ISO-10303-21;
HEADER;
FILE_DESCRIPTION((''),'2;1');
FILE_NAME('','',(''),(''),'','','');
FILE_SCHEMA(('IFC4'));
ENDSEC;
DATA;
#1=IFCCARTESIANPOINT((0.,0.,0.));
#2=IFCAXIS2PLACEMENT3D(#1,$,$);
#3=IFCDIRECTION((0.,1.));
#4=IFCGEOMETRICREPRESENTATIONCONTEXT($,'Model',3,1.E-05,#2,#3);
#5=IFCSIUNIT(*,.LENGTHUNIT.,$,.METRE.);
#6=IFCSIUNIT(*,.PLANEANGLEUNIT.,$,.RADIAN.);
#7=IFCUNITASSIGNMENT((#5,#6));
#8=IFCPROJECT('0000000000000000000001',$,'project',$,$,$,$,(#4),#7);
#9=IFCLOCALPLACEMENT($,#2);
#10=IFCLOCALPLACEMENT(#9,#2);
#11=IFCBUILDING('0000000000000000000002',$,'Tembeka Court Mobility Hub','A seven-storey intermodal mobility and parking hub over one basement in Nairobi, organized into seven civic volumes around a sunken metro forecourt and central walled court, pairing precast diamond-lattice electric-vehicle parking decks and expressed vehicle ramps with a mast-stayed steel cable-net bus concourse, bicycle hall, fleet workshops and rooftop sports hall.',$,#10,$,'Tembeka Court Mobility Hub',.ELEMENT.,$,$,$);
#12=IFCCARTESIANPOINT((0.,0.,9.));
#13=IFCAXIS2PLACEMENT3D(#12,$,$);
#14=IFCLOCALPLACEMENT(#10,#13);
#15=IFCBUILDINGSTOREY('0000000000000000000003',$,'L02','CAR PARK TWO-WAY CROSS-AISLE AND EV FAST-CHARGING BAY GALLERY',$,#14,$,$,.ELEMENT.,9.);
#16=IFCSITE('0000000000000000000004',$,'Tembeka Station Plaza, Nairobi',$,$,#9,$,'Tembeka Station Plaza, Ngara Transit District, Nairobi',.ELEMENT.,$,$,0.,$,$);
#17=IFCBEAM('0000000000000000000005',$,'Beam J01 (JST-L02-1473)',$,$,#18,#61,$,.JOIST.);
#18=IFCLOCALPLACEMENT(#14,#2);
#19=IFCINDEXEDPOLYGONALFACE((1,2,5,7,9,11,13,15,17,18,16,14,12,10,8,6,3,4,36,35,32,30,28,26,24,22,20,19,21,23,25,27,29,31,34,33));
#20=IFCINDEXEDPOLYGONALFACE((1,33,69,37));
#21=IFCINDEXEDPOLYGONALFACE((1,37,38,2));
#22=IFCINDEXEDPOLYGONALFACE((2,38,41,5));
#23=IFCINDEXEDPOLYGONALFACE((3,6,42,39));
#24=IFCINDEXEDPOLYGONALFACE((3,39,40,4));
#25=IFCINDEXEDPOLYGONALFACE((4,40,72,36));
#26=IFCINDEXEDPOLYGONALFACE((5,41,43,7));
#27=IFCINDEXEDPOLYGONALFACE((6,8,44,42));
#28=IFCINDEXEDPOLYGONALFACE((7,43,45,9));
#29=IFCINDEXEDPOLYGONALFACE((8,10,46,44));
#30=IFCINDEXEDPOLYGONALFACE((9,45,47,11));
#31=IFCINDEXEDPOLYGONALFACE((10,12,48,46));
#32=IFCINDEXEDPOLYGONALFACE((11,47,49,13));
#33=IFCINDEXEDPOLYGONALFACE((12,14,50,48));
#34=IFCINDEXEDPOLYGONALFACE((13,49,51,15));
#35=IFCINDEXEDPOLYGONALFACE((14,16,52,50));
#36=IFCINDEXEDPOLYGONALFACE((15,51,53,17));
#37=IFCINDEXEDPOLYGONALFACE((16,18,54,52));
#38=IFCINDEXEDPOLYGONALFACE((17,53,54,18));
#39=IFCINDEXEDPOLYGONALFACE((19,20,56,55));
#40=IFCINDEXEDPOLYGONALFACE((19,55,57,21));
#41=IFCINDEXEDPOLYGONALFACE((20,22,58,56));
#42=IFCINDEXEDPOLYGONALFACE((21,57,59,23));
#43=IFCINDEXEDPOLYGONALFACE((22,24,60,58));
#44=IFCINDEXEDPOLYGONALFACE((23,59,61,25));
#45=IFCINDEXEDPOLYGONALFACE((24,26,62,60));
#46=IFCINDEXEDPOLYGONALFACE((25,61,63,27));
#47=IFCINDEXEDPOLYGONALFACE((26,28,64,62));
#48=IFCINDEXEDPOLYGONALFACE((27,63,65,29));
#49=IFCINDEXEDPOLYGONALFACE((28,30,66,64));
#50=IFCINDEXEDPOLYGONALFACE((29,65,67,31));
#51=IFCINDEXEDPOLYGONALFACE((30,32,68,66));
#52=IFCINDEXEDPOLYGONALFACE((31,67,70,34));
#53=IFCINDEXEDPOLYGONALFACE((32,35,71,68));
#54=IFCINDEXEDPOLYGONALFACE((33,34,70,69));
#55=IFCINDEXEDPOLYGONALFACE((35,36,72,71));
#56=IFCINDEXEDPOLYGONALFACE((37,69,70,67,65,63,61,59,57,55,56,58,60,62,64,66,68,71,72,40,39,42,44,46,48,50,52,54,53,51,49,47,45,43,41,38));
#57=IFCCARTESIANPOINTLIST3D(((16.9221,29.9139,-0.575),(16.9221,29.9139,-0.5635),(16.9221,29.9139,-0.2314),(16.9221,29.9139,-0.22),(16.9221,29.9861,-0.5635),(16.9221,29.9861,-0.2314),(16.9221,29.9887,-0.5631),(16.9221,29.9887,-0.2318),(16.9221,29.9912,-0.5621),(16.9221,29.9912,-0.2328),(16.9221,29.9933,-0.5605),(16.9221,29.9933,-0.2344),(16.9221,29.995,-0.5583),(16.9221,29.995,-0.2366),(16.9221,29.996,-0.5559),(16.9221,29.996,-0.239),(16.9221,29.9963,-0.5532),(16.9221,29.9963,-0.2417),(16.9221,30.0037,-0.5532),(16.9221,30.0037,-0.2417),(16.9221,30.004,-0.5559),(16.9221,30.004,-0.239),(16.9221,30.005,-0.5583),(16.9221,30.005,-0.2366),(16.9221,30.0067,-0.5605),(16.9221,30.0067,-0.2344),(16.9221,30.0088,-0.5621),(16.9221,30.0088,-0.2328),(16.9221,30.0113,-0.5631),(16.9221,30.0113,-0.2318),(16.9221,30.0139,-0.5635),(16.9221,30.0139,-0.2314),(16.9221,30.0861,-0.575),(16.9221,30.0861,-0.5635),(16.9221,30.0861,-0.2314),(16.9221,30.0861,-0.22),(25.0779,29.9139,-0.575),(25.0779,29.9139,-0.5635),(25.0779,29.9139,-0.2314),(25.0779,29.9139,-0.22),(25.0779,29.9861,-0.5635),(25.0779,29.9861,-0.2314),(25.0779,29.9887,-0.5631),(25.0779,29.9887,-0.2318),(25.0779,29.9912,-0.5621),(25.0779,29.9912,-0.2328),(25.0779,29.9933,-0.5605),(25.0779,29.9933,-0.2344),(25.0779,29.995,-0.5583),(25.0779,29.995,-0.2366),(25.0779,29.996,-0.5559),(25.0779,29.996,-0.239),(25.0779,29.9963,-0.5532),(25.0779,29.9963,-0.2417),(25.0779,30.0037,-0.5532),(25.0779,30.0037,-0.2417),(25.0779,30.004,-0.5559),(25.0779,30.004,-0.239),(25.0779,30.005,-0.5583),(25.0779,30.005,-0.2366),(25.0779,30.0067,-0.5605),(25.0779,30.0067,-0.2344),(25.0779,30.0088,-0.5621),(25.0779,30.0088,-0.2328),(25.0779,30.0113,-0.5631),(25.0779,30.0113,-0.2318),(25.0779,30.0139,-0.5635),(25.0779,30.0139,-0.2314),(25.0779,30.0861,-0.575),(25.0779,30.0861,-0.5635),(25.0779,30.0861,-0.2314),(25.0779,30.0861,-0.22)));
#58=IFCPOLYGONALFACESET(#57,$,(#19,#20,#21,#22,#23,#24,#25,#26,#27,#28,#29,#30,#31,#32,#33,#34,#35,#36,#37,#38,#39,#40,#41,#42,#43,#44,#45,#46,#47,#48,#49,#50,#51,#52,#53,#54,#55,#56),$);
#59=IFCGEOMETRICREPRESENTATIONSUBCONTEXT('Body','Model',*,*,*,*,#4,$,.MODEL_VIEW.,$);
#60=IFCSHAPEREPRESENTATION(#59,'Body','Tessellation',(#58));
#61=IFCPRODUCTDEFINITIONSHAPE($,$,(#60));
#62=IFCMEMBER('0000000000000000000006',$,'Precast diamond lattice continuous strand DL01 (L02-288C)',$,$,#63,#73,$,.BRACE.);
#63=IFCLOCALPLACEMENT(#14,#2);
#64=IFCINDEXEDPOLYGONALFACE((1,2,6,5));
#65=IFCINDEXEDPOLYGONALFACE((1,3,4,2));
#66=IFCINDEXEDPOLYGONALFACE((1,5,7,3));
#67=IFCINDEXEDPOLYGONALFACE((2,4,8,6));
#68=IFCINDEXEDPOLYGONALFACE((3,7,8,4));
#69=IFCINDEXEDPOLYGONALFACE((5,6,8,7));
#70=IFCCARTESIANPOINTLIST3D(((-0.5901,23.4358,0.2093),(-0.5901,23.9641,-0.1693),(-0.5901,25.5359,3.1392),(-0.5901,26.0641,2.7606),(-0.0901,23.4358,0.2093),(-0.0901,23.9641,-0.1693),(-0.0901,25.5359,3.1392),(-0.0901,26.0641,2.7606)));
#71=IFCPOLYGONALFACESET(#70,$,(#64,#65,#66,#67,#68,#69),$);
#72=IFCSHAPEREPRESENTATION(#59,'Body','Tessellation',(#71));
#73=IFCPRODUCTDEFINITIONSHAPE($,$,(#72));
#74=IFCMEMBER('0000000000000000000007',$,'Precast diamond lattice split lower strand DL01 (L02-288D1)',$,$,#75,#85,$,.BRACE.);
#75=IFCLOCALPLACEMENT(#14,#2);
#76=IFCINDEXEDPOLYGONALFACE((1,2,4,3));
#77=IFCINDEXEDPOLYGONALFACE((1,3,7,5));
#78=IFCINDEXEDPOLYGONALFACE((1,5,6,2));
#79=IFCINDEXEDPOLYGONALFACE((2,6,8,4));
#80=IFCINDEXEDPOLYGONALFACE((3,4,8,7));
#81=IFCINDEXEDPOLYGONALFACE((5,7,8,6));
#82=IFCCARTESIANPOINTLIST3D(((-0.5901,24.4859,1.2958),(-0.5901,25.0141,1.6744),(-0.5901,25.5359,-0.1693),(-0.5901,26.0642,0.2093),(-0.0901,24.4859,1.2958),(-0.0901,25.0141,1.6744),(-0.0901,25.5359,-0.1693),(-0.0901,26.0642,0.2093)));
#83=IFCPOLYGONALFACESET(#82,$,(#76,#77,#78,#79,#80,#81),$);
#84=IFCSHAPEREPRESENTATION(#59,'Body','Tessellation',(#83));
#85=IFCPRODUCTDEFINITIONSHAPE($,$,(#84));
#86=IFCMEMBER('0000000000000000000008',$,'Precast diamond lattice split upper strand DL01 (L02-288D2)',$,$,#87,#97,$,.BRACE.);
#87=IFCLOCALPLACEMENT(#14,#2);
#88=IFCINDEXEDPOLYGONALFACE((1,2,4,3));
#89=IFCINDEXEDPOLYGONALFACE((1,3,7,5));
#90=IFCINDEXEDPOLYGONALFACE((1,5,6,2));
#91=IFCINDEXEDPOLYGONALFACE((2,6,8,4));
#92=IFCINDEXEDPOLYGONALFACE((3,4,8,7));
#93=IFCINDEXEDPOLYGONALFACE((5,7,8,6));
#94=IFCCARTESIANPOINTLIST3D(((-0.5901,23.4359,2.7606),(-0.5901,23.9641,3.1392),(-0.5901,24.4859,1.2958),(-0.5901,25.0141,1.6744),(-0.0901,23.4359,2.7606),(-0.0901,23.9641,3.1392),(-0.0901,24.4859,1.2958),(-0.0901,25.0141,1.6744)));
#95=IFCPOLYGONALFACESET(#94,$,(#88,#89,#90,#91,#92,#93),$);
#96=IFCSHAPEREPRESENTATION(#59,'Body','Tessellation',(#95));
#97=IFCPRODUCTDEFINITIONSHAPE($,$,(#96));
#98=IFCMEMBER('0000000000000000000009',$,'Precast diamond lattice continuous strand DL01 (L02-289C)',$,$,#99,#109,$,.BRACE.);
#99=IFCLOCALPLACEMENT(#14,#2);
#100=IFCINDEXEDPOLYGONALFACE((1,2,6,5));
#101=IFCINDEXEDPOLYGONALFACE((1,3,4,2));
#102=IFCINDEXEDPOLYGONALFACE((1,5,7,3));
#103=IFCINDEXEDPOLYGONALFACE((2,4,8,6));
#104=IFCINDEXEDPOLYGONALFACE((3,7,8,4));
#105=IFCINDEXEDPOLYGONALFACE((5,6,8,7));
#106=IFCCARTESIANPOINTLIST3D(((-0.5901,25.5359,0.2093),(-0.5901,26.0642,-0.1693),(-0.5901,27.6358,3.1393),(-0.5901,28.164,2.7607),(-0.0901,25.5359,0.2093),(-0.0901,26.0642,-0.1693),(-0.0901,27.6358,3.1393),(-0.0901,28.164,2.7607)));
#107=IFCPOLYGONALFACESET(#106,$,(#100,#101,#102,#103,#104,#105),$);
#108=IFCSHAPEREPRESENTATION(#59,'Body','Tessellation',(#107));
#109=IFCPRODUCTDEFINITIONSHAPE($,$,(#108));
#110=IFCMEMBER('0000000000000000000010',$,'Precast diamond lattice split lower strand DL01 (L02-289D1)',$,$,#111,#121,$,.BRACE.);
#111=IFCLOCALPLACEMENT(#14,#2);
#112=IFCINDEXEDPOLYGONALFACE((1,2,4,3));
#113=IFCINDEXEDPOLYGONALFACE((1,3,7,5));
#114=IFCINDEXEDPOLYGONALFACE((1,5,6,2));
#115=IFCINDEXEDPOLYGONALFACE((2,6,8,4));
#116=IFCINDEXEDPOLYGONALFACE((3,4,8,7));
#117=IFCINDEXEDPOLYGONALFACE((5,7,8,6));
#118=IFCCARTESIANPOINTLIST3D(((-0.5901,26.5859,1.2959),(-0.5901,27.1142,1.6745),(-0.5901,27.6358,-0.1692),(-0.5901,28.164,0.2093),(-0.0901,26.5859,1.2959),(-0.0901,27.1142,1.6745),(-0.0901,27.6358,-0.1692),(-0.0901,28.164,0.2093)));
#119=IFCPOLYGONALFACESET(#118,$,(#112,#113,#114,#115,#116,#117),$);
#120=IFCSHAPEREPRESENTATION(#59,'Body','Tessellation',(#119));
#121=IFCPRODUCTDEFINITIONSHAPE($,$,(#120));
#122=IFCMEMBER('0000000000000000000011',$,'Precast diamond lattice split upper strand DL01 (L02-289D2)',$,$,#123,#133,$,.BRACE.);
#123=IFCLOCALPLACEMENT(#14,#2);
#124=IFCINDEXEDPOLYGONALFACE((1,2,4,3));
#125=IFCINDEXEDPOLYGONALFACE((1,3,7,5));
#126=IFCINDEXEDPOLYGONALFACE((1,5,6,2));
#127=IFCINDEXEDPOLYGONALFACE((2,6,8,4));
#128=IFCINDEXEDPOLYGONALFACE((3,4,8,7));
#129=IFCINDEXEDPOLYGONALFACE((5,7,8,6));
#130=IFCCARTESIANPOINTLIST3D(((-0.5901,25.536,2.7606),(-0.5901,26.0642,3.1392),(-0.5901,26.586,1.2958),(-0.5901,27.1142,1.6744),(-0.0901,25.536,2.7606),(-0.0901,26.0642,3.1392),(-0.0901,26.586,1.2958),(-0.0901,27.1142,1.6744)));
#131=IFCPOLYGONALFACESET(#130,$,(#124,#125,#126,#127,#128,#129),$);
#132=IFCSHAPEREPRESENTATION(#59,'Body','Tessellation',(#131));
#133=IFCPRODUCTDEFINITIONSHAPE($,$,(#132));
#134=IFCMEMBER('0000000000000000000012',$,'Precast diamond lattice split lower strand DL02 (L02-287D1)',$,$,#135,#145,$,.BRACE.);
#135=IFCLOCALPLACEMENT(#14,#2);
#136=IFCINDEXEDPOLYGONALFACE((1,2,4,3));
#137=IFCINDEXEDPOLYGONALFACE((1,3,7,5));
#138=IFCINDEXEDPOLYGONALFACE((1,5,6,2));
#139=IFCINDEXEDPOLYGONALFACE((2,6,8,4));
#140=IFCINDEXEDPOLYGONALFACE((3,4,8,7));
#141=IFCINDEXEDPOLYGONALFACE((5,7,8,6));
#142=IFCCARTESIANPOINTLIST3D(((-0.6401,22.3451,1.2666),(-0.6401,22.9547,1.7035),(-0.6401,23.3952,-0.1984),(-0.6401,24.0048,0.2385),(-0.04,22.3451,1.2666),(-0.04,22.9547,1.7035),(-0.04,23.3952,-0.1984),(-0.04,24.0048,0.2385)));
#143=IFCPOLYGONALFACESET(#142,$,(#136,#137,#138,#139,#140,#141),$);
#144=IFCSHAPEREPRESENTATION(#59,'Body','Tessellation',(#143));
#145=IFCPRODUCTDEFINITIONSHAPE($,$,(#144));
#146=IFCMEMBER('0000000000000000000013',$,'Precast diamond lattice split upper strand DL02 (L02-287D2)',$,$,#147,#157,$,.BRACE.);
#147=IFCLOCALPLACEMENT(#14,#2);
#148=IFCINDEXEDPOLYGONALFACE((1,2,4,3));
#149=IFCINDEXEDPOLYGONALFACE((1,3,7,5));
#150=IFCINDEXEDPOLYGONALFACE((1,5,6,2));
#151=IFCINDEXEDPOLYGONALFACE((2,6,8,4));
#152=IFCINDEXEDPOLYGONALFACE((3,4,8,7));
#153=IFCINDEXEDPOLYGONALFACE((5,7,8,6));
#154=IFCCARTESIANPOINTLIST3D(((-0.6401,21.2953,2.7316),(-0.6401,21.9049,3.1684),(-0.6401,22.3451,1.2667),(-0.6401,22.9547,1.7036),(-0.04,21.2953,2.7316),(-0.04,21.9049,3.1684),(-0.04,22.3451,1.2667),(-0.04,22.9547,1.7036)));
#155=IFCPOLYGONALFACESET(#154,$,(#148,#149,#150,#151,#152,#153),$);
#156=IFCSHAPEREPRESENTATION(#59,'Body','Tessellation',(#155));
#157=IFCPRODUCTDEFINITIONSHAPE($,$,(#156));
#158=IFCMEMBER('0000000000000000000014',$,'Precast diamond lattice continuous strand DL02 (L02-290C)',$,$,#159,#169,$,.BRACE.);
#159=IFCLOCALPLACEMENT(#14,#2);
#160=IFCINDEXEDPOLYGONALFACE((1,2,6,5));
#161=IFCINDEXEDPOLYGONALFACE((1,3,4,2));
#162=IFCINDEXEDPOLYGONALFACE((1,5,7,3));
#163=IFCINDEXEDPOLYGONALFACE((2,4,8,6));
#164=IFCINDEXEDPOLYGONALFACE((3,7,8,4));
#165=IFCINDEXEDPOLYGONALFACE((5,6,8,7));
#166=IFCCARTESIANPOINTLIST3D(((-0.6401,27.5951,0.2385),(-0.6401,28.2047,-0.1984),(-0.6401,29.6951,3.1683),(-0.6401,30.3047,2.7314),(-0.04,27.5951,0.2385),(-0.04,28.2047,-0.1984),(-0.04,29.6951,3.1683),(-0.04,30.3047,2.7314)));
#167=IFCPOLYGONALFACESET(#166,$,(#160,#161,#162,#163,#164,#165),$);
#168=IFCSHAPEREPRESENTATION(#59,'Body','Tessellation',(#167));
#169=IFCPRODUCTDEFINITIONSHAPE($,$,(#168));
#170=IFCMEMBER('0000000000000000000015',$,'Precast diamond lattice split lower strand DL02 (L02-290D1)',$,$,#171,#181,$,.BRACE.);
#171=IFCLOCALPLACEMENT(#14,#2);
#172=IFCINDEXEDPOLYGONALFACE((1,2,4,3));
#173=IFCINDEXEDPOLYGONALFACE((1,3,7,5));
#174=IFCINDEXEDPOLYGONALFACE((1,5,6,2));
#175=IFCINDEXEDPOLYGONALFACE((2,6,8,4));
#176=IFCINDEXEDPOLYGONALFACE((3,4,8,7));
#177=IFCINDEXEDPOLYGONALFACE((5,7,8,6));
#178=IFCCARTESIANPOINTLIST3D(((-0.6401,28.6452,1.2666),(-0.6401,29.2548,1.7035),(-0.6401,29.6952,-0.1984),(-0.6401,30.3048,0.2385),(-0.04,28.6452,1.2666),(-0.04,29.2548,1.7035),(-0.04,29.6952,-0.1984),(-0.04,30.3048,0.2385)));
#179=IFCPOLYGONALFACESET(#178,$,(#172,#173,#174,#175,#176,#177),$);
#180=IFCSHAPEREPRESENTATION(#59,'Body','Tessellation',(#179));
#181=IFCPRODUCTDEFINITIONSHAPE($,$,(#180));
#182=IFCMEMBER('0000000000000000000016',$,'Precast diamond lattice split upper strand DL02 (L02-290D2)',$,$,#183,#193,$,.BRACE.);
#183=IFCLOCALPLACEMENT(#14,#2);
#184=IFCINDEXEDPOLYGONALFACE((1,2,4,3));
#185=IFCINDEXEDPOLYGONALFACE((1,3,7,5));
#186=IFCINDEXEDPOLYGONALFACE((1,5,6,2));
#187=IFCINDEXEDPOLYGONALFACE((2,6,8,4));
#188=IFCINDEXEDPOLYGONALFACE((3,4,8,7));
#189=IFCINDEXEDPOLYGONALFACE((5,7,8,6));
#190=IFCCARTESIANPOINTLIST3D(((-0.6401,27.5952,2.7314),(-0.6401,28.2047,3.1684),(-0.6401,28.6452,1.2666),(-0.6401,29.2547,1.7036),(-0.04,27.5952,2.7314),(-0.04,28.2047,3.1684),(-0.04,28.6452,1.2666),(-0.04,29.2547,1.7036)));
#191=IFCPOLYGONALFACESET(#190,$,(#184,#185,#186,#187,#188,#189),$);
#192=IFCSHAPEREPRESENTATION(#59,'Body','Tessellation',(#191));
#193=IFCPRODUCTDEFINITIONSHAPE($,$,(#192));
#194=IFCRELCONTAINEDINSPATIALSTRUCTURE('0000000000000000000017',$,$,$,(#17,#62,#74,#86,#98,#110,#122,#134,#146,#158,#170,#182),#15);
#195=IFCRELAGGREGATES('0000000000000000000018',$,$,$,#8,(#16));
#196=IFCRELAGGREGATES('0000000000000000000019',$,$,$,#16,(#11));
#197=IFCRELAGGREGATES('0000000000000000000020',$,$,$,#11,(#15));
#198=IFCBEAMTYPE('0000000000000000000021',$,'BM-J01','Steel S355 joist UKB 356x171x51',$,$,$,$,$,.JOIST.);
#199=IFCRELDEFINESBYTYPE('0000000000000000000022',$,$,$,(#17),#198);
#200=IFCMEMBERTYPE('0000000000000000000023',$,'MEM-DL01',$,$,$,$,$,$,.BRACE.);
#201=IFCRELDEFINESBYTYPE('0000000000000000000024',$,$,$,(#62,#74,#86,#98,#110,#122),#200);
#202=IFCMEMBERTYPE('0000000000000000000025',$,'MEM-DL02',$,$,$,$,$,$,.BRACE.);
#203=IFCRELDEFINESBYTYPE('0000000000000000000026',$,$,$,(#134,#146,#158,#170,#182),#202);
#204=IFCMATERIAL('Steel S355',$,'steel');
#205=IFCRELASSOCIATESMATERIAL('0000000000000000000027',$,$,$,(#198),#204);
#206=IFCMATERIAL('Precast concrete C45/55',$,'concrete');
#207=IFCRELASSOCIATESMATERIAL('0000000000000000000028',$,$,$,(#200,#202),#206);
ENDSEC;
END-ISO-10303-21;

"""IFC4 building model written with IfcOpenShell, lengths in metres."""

from ifc_helpers import new_model, si_unit, direction, frame, origin, origin_2d, place, context, subcontext, project, spatial, rectangle, i_section, extrude, material, material_profile, profile_set, type_object, element, save


model = new_model("IFC4")

# Units and contexts
model_context = context("Model", 3, precision=1e-05, world=origin(), true_north=direction((0.0, 1.0)))
body_context = subcontext(model_context, "Body", "Model", "MODEL_VIEW")
ifc_project = project(units=[si_unit("LENGTHUNIT", "METRE"), si_unit("PLANEANGLEUNIT", "RADIAN")], contexts=[model_context])

# Site, building, storey
site_placement = place(None, origin())
site = spatial("IfcSite", under=ifc_project, at=site_placement, Name="Tembeka Station Plaza, Nairobi", LongName="Tembeka Station Plaza, Ngara Transit District, Nairobi", CompositionType="ELEMENT", RefElevation=0.0)
building_placement = place(site_placement, origin())
building = spatial("IfcBuilding", under=site, at=building_placement, Name="Tembeka Court Mobility Hub", Description="A seven-storey intermodal mobility and parking hub over one basement in Nairobi, organized into seven civic volumes around a sunken metro forecourt and central walled court, pairing precast diamond-lattice electric-vehicle parking decks and expressed vehicle ramps with a mast-stayed steel cable-net bus concourse, bicycle hall, fleet workshops and rooftop sports hall.", LongName="Tembeka Court Mobility Hub", CompositionType="ELEMENT")
storey_placement = place(building_placement, frame((0.0, 0.0, 9.0)))
storey = spatial("IfcBuildingStorey", under=building, at=storey_placement, Name="L02", Description="CAR PARK TWO-WAY CROSS-AISLE AND EV FAST-CHARGING BAY GALLERY", CompositionType="ELEMENT", Elevation=9.0)

# Shared definitions
ifc_material_1 = material(Name="Steel S355", Category="steel")

# Beam
ifc_material_profile_1 = material_profile(ifc_material_1, i_section(OverallWidth=0.1721, OverallDepth=0.355, WebThickness=0.0073, FlangeThickness=0.0115, FilletRadius=0.0103, at=origin_2d()), Name="UKB 356x171x51")
ifc_profile_set_1 = profile_set([ifc_material_profile_1], Name="Steel S355")
beam_type_1 = type_object("IfcBeamType", Name="BM-J01", Description="Steel S355 joist UKB 356x171x51", PredefinedType="JOIST", material=ifc_profile_set_1)
for number, where, z_axis, x_axis, name in (
    (1, (16.9221, 30.0, -0.3975), (1.0, 0.0, 0.0), (0.0, 1.0, 0.0), "Beam J01 (JST-L02-1473)"),
):
    element("IfcBeam", number, at=place(storey_placement, frame(where, z_axis=z_axis, x_axis=x_axis)), inside=storey, type_object=beam_type_1, Name=name, PredefinedType="JOIST", context=body_context, shape_type="SweptSolid", body=[
        extrude(i_section(OverallWidth=0.1721, OverallDepth=0.355, WebThickness=0.0073, FlangeThickness=0.0115, FilletRadius=0.0103, at=origin_2d()), origin(), (0.0, 0.0, 1.0), 8.1558),
    ])

# Members
ifc_material_2 = material(Name="Precast concrete C45/55", Category="concrete")
ifc_material_profile_2 = material_profile(ifc_material_2, rectangle(XDim=0.5, YDim=0.6499, at=origin_2d()), Name="PC-DIAG 500x650")
ifc_profile_set_2 = profile_set([ifc_material_profile_2], Name="Precast concrete C45/55")
member_type_1 = type_object("IfcMemberType", Name="MEM-DL01", PredefinedType="BRACE", material=ifc_profile_set_2)
member_1_placement = place(storey_placement, frame((-0.3401, 23.7, 0.02), z_axis=(0.0, 0.582576, 0.812776), x_axis=(-1.0, 0.0, 0.0)))
element("IfcMember", 2, at=member_1_placement, inside=storey, type_object=member_type_1, Name="Precast diamond lattice continuous strand DL01 (L02-288C)", PredefinedType="BRACE", context=body_context, shape_type="SweptSolid", body=[
    extrude(rectangle(XDim=0.5, YDim=0.6499, at=origin_2d()), origin(), (0.0, 0.0, 1.0), 3.6047),
])
member_2_placement = place(storey_placement, frame((-0.3401, 25.8, 0.02), z_axis=(0.0, -0.582544, 0.812799), x_axis=(1.0, 0.0, 0.0)))
element("IfcMember", 3, at=member_2_placement, inside=storey, type_object=member_type_1, Name="Precast diamond lattice split lower strand DL01 (L02-288D1)", PredefinedType="BRACE", context=body_context, shape_type="SweptSolid", body=[
    extrude(rectangle(XDim=0.5, YDim=0.6499, at=origin_2d()), origin(), (0.0, 0.0, 1.0), 1.8025),
])
member_3_placement = place(storey_placement, frame((-0.3401, 24.75, 1.4851), z_axis=(0.0, -0.582608, 0.812753), x_axis=(1.0, 0.0, 0.0)))
element("IfcMember", 4, at=member_3_placement, inside=storey, type_object=member_type_1, Name="Precast diamond lattice split upper strand DL01 (L02-288D2)", PredefinedType="BRACE", context=body_context, shape_type="SweptSolid", body=[
    extrude(rectangle(XDim=0.5, YDim=0.6499, at=origin_2d()), origin(), (0.0, 0.0, 1.0), 1.8022),
])
member_4_placement = place(storey_placement, frame((-0.3401, 25.8, 0.02), z_axis=(0.0, 0.582532, 0.812808), x_axis=(-1.0, 0.0, 0.0)))
element("IfcMember", 5, at=member_4_placement, inside=storey, type_object=member_type_1, Name="Precast diamond lattice continuous strand DL01 (L02-289C)", PredefinedType="BRACE", context=body_context, shape_type="SweptSolid", body=[
    extrude(rectangle(XDim=0.5, YDim=0.6499, at=origin_2d()), origin(), (0.0, 0.0, 1.0), 3.6047),
])
member_5_placement = place(storey_placement, frame((-0.3401, 27.8999, 0.02), z_axis=(0.0, -0.582455, 0.812863), x_axis=(1.0, 0.0, 0.0)))
element("IfcMember", 6, at=member_5_placement, inside=storey, type_object=member_type_1, Name="Precast diamond lattice split lower strand DL01 (L02-289D1)", PredefinedType="BRACE", context=body_context, shape_type="SweptSolid", body=[
    extrude(rectangle(XDim=0.5, YDim=0.6499, at=origin_2d()), origin(), (0.0, 0.0, 1.0), 1.8025),
])
member_6_placement = place(storey_placement, frame((-0.3401, 26.8501, 1.4851), z_axis=(0.0, -0.582608, 0.812753), x_axis=(1.0, 0.0, 0.0)))
element("IfcMember", 7, at=member_6_placement, inside=storey, type_object=member_type_1, Name="Precast diamond lattice split upper strand DL01 (L02-289D2)", PredefinedType="BRACE", context=body_context, shape_type="SweptSolid", body=[
    extrude(rectangle(XDim=0.5, YDim=0.6499, at=origin_2d()), origin(), (0.0, 0.0, 1.0), 1.8022),
])
ifc_material_profile_3 = material_profile(ifc_material_2, rectangle(XDim=0.6001, YDim=0.75, at=origin_2d()), Name="PC-DIAG 600x750")
ifc_profile_set_3 = profile_set([ifc_material_profile_3], Name="Precast concrete C45/55")
member_type_2 = type_object("IfcMemberType", Name="MEM-DL02", PredefinedType="BRACE", material=ifc_profile_set_3)
member_7_placement = place(storey_placement, frame((-0.3401, 23.7, 0.02), z_axis=(0.0, -0.582544, 0.812799), x_axis=(1.0, 0.0, 0.0)))
element("IfcMember", 8, at=member_7_placement, inside=storey, type_object=member_type_2, Name="Precast diamond lattice split lower strand DL02 (L02-287D1)", PredefinedType="BRACE", context=body_context, shape_type="SweptSolid", body=[
    extrude(rectangle(XDim=0.6001, YDim=0.75, at=origin_2d()), origin(), (0.0, 0.0, 1.0), 1.8025),
])
member_8_placement = place(storey_placement, frame((-0.3401, 22.6499, 1.4851), z_axis=(0.0, -0.582519, 0.812817), x_axis=(1.0, 0.0, 0.0)))
element("IfcMember", 9, at=member_8_placement, inside=storey, type_object=member_type_2, Name="Precast diamond lattice split upper strand DL02 (L02-287D2)", PredefinedType="BRACE", context=body_context, shape_type="SweptSolid", body=[
    extrude(rectangle(XDim=0.6001, YDim=0.75, at=origin_2d()), origin(), (0.0, 0.0, 1.0), 1.8022),
])
member_9_placement = place(storey_placement, frame((-0.3401, 27.8999, 0.02), z_axis=(0.0, 0.582576, 0.812776), x_axis=(-1.0, 0.0, 0.0)))
element("IfcMember", 10, at=member_9_placement, inside=storey, type_object=member_type_2, Name="Precast diamond lattice continuous strand DL02 (L02-290C)", PredefinedType="BRACE", context=body_context, shape_type="SweptSolid", body=[
    extrude(rectangle(XDim=0.6001, YDim=0.75, at=origin_2d()), origin(), (0.0, 0.0, 1.0), 3.6047),
])
member_10_placement = place(storey_placement, frame((-0.3401, 30.0, 0.02), z_axis=(0.0, -0.582544, 0.812799), x_axis=(1.0, 0.0, 0.0)))
element("IfcMember", 11, at=member_10_placement, inside=storey, type_object=member_type_2, Name="Precast diamond lattice split lower strand DL02 (L02-290D1)", PredefinedType="BRACE", context=body_context, shape_type="SweptSolid", body=[
    extrude(rectangle(XDim=0.6001, YDim=0.75, at=origin_2d()), origin(), (0.0, 0.0, 1.0), 1.8025),
])
member_11_placement = place(storey_placement, frame((-0.3401, 28.95, 1.4851), z_axis=(0.0, -0.582608, 0.812753), x_axis=(1.0, 0.0, 0.0)))
element("IfcMember", 12, at=member_11_placement, inside=storey, type_object=member_type_2, Name="Precast diamond lattice split upper strand DL02 (L02-290D2)", PredefinedType="BRACE", context=body_context, shape_type="SweptSolid", body=[
    extrude(rectangle(XDim=0.6001, YDim=0.75, at=origin_2d()), origin(), (0.0, 0.0, 1.0), 1.8022),
])

save(model, "model.ifc")
